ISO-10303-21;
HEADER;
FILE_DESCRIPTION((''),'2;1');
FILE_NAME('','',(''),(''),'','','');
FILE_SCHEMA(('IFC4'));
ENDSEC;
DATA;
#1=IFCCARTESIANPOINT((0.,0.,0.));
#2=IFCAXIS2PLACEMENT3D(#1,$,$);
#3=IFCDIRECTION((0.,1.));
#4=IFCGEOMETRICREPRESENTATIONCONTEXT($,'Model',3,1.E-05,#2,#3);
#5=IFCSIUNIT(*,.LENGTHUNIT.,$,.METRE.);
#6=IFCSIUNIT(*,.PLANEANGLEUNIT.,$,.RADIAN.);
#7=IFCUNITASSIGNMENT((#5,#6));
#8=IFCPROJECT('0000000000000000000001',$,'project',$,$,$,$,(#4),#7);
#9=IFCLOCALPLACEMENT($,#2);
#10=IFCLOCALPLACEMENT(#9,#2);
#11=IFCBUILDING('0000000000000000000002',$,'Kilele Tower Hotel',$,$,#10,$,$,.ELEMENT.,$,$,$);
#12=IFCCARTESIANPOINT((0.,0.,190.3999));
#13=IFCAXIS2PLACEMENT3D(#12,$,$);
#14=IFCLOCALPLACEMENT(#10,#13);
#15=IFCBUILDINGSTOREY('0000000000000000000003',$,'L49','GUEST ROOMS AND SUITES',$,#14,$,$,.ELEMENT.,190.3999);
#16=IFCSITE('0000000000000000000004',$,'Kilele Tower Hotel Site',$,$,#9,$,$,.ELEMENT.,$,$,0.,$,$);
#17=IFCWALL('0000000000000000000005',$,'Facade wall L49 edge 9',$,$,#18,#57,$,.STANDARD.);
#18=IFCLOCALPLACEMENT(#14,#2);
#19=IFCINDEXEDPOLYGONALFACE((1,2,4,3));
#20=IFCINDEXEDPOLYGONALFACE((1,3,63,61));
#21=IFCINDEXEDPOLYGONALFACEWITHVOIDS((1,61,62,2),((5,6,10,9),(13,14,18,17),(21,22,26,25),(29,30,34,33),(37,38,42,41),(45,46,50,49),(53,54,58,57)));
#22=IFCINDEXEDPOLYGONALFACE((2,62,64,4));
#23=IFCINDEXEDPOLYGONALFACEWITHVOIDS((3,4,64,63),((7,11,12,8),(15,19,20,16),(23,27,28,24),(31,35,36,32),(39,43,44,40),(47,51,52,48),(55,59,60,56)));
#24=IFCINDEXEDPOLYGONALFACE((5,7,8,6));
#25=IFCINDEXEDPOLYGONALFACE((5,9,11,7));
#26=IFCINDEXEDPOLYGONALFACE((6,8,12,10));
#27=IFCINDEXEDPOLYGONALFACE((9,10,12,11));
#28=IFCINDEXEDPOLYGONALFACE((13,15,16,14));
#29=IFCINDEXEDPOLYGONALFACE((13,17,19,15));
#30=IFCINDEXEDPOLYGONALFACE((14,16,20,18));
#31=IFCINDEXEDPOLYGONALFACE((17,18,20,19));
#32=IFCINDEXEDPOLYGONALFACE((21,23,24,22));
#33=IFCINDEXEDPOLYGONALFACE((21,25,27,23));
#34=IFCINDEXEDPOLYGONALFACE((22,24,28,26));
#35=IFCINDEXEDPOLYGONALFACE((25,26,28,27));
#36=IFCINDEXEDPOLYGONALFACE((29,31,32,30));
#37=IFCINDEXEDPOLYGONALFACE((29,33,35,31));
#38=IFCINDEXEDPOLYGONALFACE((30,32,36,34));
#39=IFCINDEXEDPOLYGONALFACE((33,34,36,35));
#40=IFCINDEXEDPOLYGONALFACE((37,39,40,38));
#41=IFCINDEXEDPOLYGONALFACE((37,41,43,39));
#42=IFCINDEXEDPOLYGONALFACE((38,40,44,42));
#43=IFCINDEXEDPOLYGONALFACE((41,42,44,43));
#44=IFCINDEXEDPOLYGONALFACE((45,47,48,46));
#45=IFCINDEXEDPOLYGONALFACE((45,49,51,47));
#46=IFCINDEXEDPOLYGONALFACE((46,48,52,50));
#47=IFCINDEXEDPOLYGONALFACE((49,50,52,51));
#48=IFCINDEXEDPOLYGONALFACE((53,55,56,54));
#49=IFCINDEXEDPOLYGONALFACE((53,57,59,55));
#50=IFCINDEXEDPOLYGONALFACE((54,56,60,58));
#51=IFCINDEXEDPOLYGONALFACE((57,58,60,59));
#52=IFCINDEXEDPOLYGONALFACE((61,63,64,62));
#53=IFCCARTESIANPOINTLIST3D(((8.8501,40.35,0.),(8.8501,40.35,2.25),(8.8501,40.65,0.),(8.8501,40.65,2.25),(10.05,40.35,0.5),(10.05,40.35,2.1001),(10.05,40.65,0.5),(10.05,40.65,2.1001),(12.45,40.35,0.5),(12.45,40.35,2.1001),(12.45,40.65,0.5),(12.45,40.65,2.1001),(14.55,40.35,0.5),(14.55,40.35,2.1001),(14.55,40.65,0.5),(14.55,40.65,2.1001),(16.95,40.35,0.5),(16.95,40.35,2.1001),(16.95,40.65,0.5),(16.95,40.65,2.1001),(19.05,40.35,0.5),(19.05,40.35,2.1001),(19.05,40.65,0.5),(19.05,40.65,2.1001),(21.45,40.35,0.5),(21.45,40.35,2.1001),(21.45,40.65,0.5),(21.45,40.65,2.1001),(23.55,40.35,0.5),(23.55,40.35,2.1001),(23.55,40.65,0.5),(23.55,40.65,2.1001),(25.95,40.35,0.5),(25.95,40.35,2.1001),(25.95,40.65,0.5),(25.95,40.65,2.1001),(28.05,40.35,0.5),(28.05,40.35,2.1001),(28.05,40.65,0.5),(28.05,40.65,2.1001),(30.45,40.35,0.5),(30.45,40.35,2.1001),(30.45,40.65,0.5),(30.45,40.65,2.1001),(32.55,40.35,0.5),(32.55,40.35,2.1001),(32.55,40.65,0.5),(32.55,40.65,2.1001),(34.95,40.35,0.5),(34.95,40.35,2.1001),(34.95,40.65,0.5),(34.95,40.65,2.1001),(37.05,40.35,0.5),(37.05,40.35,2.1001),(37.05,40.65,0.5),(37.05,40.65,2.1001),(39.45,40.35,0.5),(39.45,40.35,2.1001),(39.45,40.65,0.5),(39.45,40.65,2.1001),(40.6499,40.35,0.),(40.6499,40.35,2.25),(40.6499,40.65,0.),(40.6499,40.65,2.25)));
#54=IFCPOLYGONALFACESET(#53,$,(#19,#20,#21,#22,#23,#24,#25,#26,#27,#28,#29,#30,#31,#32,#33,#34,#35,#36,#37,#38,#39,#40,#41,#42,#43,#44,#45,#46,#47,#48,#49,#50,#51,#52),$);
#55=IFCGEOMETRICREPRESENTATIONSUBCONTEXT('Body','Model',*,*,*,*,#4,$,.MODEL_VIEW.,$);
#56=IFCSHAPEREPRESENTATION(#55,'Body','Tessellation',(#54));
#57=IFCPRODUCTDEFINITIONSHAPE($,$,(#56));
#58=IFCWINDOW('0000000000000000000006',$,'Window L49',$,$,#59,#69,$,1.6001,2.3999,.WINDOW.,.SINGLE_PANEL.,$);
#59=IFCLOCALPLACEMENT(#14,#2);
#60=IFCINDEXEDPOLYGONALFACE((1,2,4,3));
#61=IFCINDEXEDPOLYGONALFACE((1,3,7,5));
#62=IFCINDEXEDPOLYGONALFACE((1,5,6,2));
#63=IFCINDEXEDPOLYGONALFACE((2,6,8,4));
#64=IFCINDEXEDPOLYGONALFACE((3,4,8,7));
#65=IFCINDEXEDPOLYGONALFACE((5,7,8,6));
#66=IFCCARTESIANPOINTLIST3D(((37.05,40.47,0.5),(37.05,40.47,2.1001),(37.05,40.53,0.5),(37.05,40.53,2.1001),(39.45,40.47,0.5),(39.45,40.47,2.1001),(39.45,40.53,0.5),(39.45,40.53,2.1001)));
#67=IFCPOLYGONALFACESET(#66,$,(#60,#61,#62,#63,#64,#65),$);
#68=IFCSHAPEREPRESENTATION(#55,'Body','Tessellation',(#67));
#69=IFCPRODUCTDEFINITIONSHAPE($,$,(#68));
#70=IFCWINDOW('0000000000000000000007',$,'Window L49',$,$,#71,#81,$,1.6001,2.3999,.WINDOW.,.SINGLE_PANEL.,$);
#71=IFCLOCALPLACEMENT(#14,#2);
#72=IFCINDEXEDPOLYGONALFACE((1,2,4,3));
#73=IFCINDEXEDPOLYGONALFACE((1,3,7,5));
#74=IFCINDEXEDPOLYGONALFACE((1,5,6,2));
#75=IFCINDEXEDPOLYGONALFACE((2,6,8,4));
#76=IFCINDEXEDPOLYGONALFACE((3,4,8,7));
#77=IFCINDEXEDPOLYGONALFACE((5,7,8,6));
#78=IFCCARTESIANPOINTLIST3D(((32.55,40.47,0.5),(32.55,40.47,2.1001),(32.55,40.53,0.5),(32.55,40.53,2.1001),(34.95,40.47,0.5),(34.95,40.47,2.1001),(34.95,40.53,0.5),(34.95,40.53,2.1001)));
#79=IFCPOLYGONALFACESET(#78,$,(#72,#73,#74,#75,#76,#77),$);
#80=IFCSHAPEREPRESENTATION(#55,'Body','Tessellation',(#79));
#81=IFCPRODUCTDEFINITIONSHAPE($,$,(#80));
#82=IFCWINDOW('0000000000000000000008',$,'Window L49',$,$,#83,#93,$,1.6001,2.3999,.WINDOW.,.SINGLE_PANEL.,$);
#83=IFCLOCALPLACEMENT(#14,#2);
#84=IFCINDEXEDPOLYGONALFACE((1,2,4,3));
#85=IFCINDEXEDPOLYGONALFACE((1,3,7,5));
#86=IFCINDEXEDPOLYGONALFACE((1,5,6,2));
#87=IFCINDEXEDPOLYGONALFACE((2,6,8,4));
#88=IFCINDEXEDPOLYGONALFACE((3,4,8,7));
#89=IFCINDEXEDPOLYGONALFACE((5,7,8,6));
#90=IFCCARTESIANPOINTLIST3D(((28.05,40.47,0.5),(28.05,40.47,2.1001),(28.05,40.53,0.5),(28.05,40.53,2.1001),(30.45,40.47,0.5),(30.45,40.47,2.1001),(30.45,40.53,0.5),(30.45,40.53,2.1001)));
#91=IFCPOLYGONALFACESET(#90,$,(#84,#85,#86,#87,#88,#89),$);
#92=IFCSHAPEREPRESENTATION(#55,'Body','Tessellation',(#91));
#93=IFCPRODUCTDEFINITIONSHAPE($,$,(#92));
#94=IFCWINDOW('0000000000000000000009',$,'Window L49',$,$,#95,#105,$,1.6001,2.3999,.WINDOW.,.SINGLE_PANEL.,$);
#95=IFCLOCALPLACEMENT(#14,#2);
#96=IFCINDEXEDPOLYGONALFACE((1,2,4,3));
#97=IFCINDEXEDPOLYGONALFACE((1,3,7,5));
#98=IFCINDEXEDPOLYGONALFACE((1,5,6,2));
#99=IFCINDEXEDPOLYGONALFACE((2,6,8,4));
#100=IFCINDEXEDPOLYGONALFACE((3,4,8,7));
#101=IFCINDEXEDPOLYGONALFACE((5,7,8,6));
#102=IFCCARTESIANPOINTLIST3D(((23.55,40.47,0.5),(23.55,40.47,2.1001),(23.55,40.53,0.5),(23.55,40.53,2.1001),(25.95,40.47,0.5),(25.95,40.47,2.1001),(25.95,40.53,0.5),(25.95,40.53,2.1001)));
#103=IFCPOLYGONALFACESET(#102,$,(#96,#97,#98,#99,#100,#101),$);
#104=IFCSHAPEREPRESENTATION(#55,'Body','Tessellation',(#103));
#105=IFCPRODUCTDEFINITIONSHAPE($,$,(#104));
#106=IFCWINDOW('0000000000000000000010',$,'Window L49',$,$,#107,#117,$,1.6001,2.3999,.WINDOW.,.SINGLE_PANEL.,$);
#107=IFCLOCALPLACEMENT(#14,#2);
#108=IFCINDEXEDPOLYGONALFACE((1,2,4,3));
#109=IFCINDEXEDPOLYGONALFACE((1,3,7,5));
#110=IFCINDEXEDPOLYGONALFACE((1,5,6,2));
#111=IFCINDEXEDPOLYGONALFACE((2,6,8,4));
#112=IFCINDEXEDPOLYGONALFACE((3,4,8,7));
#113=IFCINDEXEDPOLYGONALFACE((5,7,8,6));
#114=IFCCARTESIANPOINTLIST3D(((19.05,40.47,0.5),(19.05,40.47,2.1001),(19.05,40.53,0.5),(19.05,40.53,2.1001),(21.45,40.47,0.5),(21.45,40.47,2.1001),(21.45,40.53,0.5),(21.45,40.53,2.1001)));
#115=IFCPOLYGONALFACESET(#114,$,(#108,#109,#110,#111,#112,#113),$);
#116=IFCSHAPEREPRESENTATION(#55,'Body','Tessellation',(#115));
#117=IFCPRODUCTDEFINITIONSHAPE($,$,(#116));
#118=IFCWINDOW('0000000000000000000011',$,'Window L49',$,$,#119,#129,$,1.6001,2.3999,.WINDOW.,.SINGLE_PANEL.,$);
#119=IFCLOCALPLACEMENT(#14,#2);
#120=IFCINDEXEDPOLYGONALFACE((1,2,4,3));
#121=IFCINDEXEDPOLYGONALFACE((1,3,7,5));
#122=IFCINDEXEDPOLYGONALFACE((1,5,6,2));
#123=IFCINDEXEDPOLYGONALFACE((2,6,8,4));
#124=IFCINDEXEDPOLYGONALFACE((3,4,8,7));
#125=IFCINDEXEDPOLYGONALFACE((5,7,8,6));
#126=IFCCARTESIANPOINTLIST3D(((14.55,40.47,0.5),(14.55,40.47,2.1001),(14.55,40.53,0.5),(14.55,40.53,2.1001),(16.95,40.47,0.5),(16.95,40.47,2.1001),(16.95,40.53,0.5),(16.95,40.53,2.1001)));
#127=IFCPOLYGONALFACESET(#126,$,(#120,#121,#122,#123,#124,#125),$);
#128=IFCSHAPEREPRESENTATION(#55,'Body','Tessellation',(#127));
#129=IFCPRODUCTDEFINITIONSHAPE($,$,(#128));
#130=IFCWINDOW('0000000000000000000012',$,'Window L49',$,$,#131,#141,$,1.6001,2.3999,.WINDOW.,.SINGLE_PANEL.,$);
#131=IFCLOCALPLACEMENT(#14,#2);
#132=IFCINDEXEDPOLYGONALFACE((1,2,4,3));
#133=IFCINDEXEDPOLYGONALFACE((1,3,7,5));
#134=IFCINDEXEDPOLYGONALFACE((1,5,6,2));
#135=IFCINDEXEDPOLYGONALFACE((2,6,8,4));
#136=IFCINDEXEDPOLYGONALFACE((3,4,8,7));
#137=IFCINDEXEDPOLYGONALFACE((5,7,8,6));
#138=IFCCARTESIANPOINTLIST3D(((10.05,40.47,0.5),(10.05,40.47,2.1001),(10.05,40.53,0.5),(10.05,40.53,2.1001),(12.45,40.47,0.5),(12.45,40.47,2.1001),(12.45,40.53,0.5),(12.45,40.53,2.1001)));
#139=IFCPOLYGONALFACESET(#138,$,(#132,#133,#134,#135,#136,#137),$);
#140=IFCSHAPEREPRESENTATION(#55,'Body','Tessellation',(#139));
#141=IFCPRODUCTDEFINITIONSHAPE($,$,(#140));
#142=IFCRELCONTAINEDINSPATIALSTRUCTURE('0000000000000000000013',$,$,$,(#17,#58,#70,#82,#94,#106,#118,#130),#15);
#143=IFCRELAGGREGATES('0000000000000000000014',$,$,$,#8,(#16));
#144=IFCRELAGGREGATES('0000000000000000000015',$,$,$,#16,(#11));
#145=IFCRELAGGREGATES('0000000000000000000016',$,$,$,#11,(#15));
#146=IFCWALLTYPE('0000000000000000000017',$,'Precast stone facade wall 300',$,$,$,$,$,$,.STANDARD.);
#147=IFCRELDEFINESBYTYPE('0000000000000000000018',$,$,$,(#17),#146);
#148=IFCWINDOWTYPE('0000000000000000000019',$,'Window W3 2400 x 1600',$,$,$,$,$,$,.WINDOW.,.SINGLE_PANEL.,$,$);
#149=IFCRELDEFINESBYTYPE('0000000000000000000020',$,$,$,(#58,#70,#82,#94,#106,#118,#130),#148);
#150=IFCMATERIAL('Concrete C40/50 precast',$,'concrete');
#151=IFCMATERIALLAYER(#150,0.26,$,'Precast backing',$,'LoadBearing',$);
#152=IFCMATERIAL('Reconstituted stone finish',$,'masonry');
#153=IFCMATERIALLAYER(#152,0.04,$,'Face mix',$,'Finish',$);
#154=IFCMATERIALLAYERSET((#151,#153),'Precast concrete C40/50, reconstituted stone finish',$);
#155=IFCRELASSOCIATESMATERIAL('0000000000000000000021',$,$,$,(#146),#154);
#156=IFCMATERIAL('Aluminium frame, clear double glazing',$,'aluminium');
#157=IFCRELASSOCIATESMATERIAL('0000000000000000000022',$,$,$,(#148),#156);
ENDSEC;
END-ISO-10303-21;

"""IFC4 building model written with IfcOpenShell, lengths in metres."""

from ifc_helpers import new_model, si_unit, direction, frame, frame_2d, origin, place, context, subcontext, project, spatial, rectangle, extrude, material, layer, layer_set, type_object, element, fill, save


model = new_model("IFC4")

# Units and contexts
model_context = context("Model", 3, precision=1e-05, world=origin(), true_north=direction((0.0, 1.0)))
body_context = subcontext(model_context, "Body", "Model", "MODEL_VIEW")
ifc_project = project(units=[si_unit("LENGTHUNIT", "METRE"), si_unit("PLANEANGLEUNIT", "RADIAN")], contexts=[model_context])

# Site, building, storey
site_placement = place(None, origin())
site = spatial("IfcSite", under=ifc_project, at=site_placement, Name="Kilele Tower Hotel Site", CompositionType="ELEMENT", RefElevation=0.0)
building_placement = place(site_placement, origin())
building = spatial("IfcBuilding", under=site, at=building_placement, Name="Kilele Tower Hotel", CompositionType="ELEMENT")
storey_placement = place(building_placement, frame((0.0, 0.0, 190.3999)))
storey = spatial("IfcBuildingStorey", under=building, at=storey_placement, Name="L49", Description="GUEST ROOMS AND SUITES", CompositionType="ELEMENT", Elevation=190.3999)

# Shared definitions
ifc_material_1 = material(Name="Concrete C40/50 precast", Category="concrete")
ifc_layer_1 = layer(ifc_material_1, 0.26, Name="Precast backing", Category="LoadBearing")
ifc_material_2 = material(Name="Reconstituted stone finish", Category="masonry")
ifc_layer_2 = layer(ifc_material_2, 0.04, Name="Face mix", Category="Finish")
ifc_layer_set_1 = layer_set([ifc_layer_1, ifc_layer_2], Name="Precast concrete C40/50, reconstituted stone finish")
wall_type_1 = type_object("IfcWallType", Name="Precast stone facade wall 300", PredefinedType="STANDARD", material=ifc_layer_set_1)
ifc_material_3 = material(Name="Aluminium frame, clear double glazing", Category="aluminium")
window_type = type_object("IfcWindowType", Name="Window W3 2400 x 1600", PartitioningType="SINGLE_PANEL", PredefinedType="WINDOW", material=ifc_material_3)

# Wall, openings, windows
wall_1_placement = place(storey_placement, frame((40.6499, 40.5, 0.0), z_axis=(0.0, 0.0, 1.0), x_axis=(-1.0, 0.0, 0.0)))
wall_1 = element("IfcWall", 1, at=wall_1_placement, inside=storey, type_object=wall_type_1, Name="Facade wall L49 edge 9", PredefinedType="STANDARD", context=body_context, shape_type="SweptSolid", body=[
    extrude(rectangle(XDim=31.7998, YDim=0.3, at=frame_2d((15.8999, 0.0))), origin(), (0.0, 0.0, 1.0), 2.25),
])
opening_1_placement = place(wall_1_placement, frame((1.2, 0.0, 0.5)))
opening_1 = element("IfcOpeningElement", 2, at=opening_1_placement, cuts=wall_1, PredefinedType="OPENING", context=body_context, shape_type="SweptSolid", body=[
    extrude(rectangle(XDim=2.3999, YDim=1.6001, at=frame_2d((1.2, 0.8))), frame((0.0, 0.1599, 0.0), z_axis=(0.0, -1.0, 0.0), x_axis=(1.0, 0.0, 0.0)), (0.0, 0.0, 1.0), 0.3201),
])
opening_2_placement = place(wall_1_placement, frame((5.7, 0.0, 0.5)))
opening_2 = element("IfcOpeningElement", 3, at=opening_2_placement, cuts=wall_1, PredefinedType="OPENING", context=body_context, shape_type="SweptSolid", body=[
    extrude(rectangle(XDim=2.3999, YDim=1.6001, at=frame_2d((1.2, 0.8))), frame((0.0, 0.1599, 0.0), z_axis=(0.0, -1.0, 0.0), x_axis=(1.0, 0.0, 0.0)), (0.0, 0.0, 1.0), 0.3201),
])
opening_3_placement = place(wall_1_placement, frame((10.2, 0.0, 0.5)))
opening_3 = element("IfcOpeningElement", 4, at=opening_3_placement, cuts=wall_1, PredefinedType="OPENING", context=body_context, shape_type="SweptSolid", body=[
    extrude(rectangle(XDim=2.3999, YDim=1.6001, at=frame_2d((1.2, 0.8))), frame((0.0, 0.1599, 0.0), z_axis=(0.0, -1.0, 0.0), x_axis=(1.0, 0.0, 0.0)), (0.0, 0.0, 1.0), 0.3201),
])
opening_4_placement = place(wall_1_placement, frame((14.7, 0.0, 0.5)))
opening_4 = element("IfcOpeningElement", 5, at=opening_4_placement, cuts=wall_1, PredefinedType="OPENING", context=body_context, shape_type="SweptSolid", body=[
    extrude(rectangle(XDim=2.3999, YDim=1.6001, at=frame_2d((1.2, 0.8))), frame((0.0, 0.1599, 0.0), z_axis=(0.0, -1.0, 0.0), x_axis=(1.0, 0.0, 0.0)), (0.0, 0.0, 1.0), 0.3201),
])
opening_5_placement = place(wall_1_placement, frame((19.2, 0.0, 0.5)))
opening_5 = element("IfcOpeningElement", 6, at=opening_5_placement, cuts=wall_1, PredefinedType="OPENING", context=body_context, shape_type="SweptSolid", body=[
    extrude(rectangle(XDim=2.3999, YDim=1.6001, at=frame_2d((1.2, 0.8))), frame((0.0, 0.1599, 0.0), z_axis=(0.0, -1.0, 0.0), x_axis=(1.0, 0.0, 0.0)), (0.0, 0.0, 1.0), 0.3201),
])
opening_6_placement = place(wall_1_placement, frame((23.7, 0.0, 0.5)))
opening_6 = element("IfcOpeningElement", 7, at=opening_6_placement, cuts=wall_1, PredefinedType="OPENING", context=body_context, shape_type="SweptSolid", body=[
    extrude(rectangle(XDim=2.3999, YDim=1.6001, at=frame_2d((1.2, 0.8))), frame((0.0, 0.1599, 0.0), z_axis=(0.0, -1.0, 0.0), x_axis=(1.0, 0.0, 0.0)), (0.0, 0.0, 1.0), 0.3201),
])
opening_7_placement = place(wall_1_placement, frame((28.2, 0.0, 0.5)))
opening_7 = element("IfcOpeningElement", 8, at=opening_7_placement, cuts=wall_1, PredefinedType="OPENING", context=body_context, shape_type="SweptSolid", body=[
    extrude(rectangle(XDim=2.3999, YDim=1.6001, at=frame_2d((1.2, 0.8))), frame((0.0, 0.1599, 0.0), z_axis=(0.0, -1.0, 0.0), x_axis=(1.0, 0.0, 0.0)), (0.0, 0.0, 1.0), 0.3201),
])
window_1_placement = place(opening_1_placement, origin())
window_1 = element("IfcWindow", 9, at=window_1_placement, inside=storey, type_object=window_type, Name="Window L49", OverallHeight=1.6001, OverallWidth=2.3999, PartitioningType="SINGLE_PANEL", PredefinedType="WINDOW", context=body_context, shape_type="SweptSolid", body=[
    extrude(rectangle(XDim=2.3999, YDim=1.6001, at=frame_2d((1.2, 0.8))), frame((0.0, 0.03, 0.0), z_axis=(0.0, -1.0, 0.0), x_axis=(1.0, 0.0, 0.0)), (0.0, 0.0, 1.0), 0.0601),
])
fill(opening_1, window_1)
window_2_placement = place(opening_2_placement, origin())
window_2 = element("IfcWindow", 10, at=window_2_placement, inside=storey, type_object=window_type, Name="Window L49", OverallHeight=1.6001, OverallWidth=2.3999, PartitioningType="SINGLE_PANEL", PredefinedType="WINDOW", context=body_context, shape_type="SweptSolid", body=[
    extrude(rectangle(XDim=2.3999, YDim=1.6001, at=frame_2d((1.2, 0.8))), frame((0.0, 0.03, 0.0), z_axis=(0.0, -1.0, 0.0), x_axis=(1.0, 0.0, 0.0)), (0.0, 0.0, 1.0), 0.0601),
])
fill(opening_2, window_2)
window_3_placement = place(opening_3_placement, origin())
window_3 = element("IfcWindow", 11, at=window_3_placement, inside=storey, type_object=window_type, Name="Window L49", OverallHeight=1.6001, OverallWidth=2.3999, PartitioningType="SINGLE_PANEL", PredefinedType="WINDOW", context=body_context, shape_type="SweptSolid", body=[
    extrude(rectangle(XDim=2.3999, YDim=1.6001, at=frame_2d((1.2, 0.8))), frame((0.0, 0.03, 0.0), z_axis=(0.0, -1.0, 0.0), x_axis=(1.0, 0.0, 0.0)), (0.0, 0.0, 1.0), 0.0601),
])
fill(opening_3, window_3)
window_4_placement = place(opening_4_placement, origin())
window_4 = element("IfcWindow", 12, at=window_4_placement, inside=storey, type_object=window_type, Name="Window L49", OverallHeight=1.6001, OverallWidth=2.3999, PartitioningType="SINGLE_PANEL", PredefinedType="WINDOW", context=body_context, shape_type="SweptSolid", body=[
    extrude(rectangle(XDim=2.3999, YDim=1.6001, at=frame_2d((1.2, 0.8))), frame((0.0, 0.03, 0.0), z_axis=(0.0, -1.0, 0.0), x_axis=(1.0, 0.0, 0.0)), (0.0, 0.0, 1.0), 0.0601),
])
fill(opening_4, window_4)
window_5_placement = place(opening_5_placement, origin())
window_5 = element("IfcWindow", 13, at=window_5_placement, inside=storey, type_object=window_type, Name="Window L49", OverallHeight=1.6001, OverallWidth=2.3999, PartitioningType="SINGLE_PANEL", PredefinedType="WINDOW", context=body_context, shape_type="SweptSolid", body=[
    extrude(rectangle(XDim=2.3999, YDim=1.6001, at=frame_2d((1.2, 0.8))), frame((0.0, 0.03, 0.0), z_axis=(0.0, -1.0, 0.0), x_axis=(1.0, 0.0, 0.0)), (0.0, 0.0, 1.0), 0.0601),
])
fill(opening_5, window_5)
window_6_placement = place(opening_6_placement, origin())
window_6 = element("IfcWindow", 14, at=window_6_placement, inside=storey, type_object=window_type, Name="Window L49", OverallHeight=1.6001, OverallWidth=2.3999, PartitioningType="SINGLE_PANEL", PredefinedType="WINDOW", context=body_context, shape_type="SweptSolid", body=[
    extrude(rectangle(XDim=2.3999, YDim=1.6001, at=frame_2d((1.2, 0.8))), frame((0.0, 0.03, 0.0), z_axis=(0.0, -1.0, 0.0), x_axis=(1.0, 0.0, 0.0)), (0.0, 0.0, 1.0), 0.0601),
])
fill(opening_6, window_6)
window_7_placement = place(opening_7_placement, origin())
window_7 = element("IfcWindow", 15, at=window_7_placement, inside=storey, type_object=window_type, Name="Window L49", OverallHeight=1.6001, OverallWidth=2.3999, PartitioningType="SINGLE_PANEL", PredefinedType="WINDOW", context=body_context, shape_type="SweptSolid", body=[
    extrude(rectangle(XDim=2.3999, YDim=1.6001, at=frame_2d((1.2, 0.8))), frame((0.0, 0.03, 0.0), z_axis=(0.0, -1.0, 0.0), x_axis=(1.0, 0.0, 0.0)), (0.0, 0.0, 1.0), 0.0601),
])
fill(opening_7, window_7)

save(model, "model.ifc")
